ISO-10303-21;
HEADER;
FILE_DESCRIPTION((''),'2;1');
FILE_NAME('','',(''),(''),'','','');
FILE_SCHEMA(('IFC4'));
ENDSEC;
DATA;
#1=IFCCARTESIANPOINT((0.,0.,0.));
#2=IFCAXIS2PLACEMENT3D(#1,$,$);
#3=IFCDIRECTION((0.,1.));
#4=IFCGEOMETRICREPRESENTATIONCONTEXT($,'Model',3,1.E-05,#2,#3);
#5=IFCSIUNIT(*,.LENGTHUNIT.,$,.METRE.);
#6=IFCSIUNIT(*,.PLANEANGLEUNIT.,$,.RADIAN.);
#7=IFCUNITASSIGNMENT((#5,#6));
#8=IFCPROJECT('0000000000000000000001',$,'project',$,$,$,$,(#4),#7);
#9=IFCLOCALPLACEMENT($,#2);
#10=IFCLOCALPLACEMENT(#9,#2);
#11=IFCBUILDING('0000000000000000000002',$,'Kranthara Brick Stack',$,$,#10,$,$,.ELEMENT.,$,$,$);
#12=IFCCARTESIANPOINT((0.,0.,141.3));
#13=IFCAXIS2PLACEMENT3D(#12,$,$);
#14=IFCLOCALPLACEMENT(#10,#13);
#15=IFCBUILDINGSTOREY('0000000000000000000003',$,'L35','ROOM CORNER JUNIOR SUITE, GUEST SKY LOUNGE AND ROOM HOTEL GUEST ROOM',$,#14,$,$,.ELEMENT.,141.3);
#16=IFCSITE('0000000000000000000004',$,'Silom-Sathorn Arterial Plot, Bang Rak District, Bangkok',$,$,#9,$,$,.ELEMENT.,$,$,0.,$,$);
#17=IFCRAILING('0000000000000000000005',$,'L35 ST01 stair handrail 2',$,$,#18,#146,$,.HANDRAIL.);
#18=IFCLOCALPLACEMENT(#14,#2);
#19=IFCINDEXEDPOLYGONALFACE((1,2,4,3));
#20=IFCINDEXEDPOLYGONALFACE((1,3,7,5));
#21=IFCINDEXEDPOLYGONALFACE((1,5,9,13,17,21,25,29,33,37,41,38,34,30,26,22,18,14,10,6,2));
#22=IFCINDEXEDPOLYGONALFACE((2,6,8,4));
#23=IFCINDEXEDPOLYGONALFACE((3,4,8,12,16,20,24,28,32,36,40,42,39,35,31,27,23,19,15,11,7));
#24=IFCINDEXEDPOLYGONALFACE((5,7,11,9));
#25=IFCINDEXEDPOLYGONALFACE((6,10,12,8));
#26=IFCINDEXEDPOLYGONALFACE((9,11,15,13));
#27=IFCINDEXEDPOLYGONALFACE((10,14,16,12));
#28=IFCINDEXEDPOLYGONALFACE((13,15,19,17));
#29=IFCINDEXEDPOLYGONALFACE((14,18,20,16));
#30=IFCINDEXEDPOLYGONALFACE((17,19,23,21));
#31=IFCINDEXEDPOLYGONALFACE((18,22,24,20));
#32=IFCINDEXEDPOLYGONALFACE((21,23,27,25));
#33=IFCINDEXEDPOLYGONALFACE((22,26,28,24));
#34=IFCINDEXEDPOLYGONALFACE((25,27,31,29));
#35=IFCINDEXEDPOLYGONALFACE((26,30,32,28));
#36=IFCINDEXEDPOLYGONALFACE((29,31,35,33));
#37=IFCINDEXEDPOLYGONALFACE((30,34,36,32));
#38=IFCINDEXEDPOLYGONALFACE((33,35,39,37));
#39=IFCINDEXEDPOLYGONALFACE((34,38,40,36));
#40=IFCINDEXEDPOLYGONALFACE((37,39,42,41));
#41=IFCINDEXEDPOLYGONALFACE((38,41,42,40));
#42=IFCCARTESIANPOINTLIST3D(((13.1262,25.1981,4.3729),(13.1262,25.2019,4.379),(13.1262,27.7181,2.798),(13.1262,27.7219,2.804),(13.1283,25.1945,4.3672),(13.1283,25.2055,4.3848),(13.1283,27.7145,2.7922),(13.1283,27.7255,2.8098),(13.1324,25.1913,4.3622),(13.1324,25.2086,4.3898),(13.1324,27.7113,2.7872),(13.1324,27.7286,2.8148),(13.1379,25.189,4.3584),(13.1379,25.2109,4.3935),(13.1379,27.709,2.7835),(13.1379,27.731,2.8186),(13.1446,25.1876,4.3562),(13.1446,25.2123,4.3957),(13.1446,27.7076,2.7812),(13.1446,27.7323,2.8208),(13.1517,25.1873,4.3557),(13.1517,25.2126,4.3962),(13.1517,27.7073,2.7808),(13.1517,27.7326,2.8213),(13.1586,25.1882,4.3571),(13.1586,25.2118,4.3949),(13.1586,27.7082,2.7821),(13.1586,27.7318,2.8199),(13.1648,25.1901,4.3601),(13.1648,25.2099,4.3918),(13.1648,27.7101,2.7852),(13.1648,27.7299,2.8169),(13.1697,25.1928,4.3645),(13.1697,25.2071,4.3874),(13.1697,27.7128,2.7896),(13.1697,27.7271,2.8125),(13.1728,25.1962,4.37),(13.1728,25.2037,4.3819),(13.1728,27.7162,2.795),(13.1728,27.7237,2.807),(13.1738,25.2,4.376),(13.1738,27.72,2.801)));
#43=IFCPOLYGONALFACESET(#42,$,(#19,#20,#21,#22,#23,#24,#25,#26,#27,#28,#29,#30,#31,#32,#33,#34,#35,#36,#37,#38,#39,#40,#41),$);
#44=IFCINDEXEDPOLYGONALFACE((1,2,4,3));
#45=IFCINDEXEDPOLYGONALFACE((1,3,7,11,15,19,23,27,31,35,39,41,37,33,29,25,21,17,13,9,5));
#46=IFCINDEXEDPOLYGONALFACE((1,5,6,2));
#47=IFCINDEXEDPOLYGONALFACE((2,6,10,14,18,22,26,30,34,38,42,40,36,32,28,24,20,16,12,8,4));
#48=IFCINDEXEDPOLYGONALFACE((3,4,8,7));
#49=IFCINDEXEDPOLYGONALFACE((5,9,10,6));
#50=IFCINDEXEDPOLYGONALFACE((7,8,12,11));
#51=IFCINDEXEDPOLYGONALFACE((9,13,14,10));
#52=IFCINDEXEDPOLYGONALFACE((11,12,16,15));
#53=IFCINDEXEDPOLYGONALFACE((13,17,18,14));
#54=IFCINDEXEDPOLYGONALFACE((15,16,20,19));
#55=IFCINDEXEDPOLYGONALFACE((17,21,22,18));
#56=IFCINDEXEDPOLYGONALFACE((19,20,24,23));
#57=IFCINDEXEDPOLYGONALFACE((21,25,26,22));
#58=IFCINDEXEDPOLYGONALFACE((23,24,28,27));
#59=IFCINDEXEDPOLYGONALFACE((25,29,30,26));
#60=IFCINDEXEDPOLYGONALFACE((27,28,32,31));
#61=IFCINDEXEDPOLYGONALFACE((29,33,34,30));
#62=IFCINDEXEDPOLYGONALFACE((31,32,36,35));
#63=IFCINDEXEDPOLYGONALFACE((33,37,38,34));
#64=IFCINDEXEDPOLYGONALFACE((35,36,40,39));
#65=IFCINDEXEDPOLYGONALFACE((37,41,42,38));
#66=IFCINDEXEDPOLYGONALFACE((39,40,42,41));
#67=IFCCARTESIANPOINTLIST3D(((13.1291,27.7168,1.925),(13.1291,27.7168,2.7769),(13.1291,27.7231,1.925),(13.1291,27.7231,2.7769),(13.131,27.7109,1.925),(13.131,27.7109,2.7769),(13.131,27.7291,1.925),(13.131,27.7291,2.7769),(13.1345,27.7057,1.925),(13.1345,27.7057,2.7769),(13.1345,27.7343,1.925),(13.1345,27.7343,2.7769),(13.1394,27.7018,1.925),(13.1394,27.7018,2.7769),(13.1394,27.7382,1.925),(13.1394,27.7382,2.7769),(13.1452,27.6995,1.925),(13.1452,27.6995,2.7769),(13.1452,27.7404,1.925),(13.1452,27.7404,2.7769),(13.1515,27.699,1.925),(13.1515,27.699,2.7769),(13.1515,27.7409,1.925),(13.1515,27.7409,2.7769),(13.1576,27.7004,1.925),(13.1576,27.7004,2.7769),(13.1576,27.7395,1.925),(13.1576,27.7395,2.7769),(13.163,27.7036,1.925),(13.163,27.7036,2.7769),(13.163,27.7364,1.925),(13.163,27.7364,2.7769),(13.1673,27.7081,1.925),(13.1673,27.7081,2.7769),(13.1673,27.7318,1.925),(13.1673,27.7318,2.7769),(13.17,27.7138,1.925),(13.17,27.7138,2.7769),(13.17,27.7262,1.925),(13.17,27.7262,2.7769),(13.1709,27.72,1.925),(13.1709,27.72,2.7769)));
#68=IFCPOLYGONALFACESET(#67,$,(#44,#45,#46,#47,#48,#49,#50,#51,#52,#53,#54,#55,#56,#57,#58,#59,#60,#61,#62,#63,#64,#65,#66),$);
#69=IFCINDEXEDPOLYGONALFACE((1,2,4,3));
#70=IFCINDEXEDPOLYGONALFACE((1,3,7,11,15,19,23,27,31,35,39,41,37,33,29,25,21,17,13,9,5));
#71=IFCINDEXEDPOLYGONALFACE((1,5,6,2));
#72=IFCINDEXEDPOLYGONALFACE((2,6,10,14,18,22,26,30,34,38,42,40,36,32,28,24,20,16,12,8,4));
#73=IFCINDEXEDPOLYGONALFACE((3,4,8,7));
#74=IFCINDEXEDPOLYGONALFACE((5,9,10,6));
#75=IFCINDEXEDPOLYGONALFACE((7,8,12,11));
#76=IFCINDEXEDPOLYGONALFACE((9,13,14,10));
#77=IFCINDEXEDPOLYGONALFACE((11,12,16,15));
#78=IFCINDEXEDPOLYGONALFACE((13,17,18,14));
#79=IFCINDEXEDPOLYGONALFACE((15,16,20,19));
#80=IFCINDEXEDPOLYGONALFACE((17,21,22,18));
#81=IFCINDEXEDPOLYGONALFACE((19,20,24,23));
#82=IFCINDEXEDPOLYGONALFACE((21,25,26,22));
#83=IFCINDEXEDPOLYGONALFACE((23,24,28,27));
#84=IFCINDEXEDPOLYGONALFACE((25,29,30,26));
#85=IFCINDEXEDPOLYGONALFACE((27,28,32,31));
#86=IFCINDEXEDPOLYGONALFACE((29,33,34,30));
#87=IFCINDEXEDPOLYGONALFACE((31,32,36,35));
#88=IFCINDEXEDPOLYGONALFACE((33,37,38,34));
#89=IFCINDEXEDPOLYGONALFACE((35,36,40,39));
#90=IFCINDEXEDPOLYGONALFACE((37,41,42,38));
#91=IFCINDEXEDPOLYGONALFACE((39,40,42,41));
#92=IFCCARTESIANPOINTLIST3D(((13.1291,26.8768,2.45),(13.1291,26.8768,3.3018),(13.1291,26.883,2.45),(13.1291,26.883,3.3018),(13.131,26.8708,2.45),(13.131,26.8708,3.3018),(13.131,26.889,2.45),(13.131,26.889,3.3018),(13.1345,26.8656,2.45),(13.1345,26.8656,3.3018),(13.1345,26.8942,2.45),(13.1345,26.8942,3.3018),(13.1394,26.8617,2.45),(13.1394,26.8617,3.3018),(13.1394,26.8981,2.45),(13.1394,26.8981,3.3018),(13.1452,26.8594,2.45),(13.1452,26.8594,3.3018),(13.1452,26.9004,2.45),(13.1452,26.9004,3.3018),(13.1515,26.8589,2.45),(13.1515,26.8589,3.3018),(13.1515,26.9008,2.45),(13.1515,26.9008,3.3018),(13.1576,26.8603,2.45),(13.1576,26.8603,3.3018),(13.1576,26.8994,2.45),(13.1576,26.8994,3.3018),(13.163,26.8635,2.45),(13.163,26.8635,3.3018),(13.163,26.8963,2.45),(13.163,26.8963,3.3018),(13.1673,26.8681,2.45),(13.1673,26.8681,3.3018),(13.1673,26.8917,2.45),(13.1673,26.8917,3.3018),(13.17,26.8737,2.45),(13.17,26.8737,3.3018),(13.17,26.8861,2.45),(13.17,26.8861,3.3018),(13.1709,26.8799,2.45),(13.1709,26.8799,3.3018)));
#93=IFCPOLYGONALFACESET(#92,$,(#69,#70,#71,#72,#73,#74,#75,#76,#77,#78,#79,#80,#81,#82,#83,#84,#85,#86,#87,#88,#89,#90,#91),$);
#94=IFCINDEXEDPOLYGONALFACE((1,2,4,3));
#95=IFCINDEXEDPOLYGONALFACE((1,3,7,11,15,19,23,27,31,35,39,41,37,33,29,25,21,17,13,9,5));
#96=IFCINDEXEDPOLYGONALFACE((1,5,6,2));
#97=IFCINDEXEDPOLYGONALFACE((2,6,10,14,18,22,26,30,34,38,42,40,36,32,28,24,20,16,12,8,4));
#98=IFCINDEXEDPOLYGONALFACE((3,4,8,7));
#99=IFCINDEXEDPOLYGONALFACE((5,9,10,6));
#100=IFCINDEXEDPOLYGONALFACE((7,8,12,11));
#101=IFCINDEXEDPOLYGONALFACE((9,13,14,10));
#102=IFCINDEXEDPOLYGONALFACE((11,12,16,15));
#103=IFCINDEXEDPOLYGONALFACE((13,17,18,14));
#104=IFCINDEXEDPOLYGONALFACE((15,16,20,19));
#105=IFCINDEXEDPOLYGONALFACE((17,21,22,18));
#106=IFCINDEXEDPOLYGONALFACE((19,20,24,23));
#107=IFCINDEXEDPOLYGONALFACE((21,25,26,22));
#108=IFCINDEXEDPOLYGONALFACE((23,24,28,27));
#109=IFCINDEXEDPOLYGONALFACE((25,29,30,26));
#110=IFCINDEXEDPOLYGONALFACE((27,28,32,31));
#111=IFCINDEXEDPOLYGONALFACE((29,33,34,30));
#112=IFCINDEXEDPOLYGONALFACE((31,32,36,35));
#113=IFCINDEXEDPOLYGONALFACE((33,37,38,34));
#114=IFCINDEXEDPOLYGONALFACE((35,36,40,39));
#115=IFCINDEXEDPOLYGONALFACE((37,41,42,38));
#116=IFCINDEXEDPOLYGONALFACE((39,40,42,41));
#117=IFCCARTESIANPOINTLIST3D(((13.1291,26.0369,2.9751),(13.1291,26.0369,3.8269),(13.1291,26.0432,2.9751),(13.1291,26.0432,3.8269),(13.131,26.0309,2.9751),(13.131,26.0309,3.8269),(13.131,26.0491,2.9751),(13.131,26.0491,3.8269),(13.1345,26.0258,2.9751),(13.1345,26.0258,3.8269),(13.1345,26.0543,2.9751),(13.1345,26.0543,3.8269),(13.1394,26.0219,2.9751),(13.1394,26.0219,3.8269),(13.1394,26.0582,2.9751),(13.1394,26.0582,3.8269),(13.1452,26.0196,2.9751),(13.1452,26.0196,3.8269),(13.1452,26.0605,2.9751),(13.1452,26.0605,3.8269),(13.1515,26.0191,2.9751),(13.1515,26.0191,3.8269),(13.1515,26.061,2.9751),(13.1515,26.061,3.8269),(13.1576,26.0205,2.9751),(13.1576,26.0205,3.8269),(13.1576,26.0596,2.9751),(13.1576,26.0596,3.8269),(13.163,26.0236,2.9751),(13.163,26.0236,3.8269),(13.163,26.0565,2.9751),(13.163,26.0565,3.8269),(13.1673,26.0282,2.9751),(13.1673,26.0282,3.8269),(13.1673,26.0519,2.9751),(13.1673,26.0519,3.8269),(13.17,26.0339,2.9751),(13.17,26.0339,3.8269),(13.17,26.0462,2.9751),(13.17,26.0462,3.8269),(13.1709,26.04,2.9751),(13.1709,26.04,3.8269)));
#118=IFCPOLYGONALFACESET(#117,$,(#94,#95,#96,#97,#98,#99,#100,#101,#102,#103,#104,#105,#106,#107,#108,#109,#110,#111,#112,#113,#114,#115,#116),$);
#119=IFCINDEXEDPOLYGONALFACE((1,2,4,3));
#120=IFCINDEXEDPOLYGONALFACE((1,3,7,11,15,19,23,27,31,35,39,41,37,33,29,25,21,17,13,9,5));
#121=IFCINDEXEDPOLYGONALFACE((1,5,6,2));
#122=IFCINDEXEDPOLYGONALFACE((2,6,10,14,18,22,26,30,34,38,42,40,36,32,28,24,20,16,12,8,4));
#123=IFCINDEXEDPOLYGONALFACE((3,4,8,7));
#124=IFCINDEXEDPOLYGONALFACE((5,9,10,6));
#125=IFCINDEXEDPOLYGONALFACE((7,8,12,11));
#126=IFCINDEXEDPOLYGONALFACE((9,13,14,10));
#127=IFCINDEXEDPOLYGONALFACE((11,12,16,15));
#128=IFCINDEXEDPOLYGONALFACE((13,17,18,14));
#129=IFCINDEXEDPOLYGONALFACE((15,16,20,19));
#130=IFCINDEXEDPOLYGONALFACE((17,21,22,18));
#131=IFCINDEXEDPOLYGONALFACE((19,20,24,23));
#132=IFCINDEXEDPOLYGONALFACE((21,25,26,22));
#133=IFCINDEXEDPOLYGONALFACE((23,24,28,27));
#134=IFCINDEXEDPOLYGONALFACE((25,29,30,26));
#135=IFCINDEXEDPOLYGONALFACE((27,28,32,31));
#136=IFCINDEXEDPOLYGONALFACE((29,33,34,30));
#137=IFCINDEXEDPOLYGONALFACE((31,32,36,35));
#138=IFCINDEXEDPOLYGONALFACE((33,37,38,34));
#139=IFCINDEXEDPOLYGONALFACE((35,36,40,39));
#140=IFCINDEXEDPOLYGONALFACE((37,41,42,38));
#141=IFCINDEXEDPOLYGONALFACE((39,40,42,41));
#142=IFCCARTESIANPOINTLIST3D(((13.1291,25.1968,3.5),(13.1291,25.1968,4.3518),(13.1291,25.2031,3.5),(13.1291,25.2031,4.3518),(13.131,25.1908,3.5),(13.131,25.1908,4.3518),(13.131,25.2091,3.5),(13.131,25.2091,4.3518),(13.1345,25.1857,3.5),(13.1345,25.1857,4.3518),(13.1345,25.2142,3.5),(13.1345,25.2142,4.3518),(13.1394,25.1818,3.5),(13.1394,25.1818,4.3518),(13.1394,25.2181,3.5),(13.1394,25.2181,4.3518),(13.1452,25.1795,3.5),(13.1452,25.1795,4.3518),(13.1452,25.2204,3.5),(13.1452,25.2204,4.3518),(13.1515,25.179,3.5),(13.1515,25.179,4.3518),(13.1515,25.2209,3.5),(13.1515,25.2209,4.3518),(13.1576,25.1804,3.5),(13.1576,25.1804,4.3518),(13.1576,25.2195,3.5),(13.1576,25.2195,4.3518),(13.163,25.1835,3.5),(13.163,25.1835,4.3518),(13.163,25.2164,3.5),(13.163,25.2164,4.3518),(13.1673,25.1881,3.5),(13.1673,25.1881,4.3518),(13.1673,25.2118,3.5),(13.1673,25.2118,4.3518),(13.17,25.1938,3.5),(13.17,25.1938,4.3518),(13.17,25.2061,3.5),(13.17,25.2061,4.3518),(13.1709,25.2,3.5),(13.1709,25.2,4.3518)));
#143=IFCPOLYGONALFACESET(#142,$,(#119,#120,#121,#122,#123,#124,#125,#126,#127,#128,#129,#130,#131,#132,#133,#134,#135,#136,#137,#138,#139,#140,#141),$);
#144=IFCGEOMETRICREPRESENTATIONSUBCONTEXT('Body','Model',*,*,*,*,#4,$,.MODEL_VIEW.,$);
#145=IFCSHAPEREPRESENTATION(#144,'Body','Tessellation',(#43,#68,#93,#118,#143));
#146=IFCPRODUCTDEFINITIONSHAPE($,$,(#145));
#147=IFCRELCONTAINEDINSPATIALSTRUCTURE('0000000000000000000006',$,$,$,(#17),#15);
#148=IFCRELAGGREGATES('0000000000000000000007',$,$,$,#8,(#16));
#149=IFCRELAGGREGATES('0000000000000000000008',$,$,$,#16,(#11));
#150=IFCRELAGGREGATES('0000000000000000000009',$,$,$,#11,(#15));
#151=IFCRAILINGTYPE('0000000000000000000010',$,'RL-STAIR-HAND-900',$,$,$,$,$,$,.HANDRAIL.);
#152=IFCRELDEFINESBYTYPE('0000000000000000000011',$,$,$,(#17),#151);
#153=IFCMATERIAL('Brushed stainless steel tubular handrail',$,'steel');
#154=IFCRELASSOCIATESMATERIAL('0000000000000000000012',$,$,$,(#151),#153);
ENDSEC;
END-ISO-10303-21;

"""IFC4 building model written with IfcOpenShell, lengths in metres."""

from ifc_helpers import new_model, si_unit, direction, frame, origin, origin_2d, place, context, subcontext, project, spatial, circle, extrude, material, type_object, element, save


model = new_model("IFC4")

# Units and contexts
model_context = context("Model", 3, precision=1e-05, world=origin(), true_north=direction((0.0, 1.0)))
body_context = subcontext(model_context, "Body", "Model", "MODEL_VIEW")
ifc_project = project(units=[si_unit("LENGTHUNIT", "METRE"), si_unit("PLANEANGLEUNIT", "RADIAN")], contexts=[model_context])

# Site, building, storey
site_placement = place(None, origin())
site = spatial("IfcSite", under=ifc_project, at=site_placement, Name="Silom-Sathorn Arterial Plot, Bang Rak District, Bangkok", CompositionType="ELEMENT", RefElevation=0.0)
building_placement = place(site_placement, origin())
building = spatial("IfcBuilding", under=site, at=building_placement, Name="Kranthara Brick Stack", CompositionType="ELEMENT")
storey_placement = place(building_placement, frame((0.0, 0.0, 141.3)))
storey = spatial("IfcBuildingStorey", under=building, at=storey_placement, Name="L35", Description="ROOM CORNER JUNIOR SUITE, GUEST SKY LOUNGE AND ROOM HOTEL GUEST ROOM", CompositionType="ELEMENT", Elevation=141.3)

# Railing
ifc_material_1 = material(Name="Brushed stainless steel tubular handrail", Category="steel")
railing_type_1 = type_object("IfcRailingType", Name="RL-STAIR-HAND-900", PredefinedType="HANDRAIL", material=ifc_material_1)
railing_1_placement = place(storey_placement, frame((13.1499, 27.72, 1.925)))
element("IfcRailing", 1, at=railing_1_placement, inside=storey, type_object=railing_type_1, Name="L35 ST01 stair handrail 2", PredefinedType="HANDRAIL", context=body_context, shape_type="SweptSolid", body=[
    extrude(circle(Radius=0.0239, at=origin_2d()), frame((0.0, 0.0, 0.876), z_axis=(0.0, -0.848008, 0.529984), x_axis=(1.0, 0.0, 0.0)), (0.0, 0.0, 1.0), 2.9717),
    extrude(circle(Radius=0.021, at=origin_2d()), origin(), (0.0, 0.0, 1.0), 0.8518),
    extrude(circle(Radius=0.021, at=origin_2d()), frame((0.0, -0.8401, 0.5249)), (0.0, 0.0, 1.0), 0.8518),
    extrude(circle(Radius=0.021, at=origin_2d()), frame((0.0, -1.6799, 1.05)), (0.0, 0.0, 1.0), 0.8518),
    extrude(circle(Radius=0.021, at=origin_2d()), frame((0.0, -2.52, 1.575)), (0.0, 0.0, 1.0), 0.8518),
])

save(model, "model.ifc")
